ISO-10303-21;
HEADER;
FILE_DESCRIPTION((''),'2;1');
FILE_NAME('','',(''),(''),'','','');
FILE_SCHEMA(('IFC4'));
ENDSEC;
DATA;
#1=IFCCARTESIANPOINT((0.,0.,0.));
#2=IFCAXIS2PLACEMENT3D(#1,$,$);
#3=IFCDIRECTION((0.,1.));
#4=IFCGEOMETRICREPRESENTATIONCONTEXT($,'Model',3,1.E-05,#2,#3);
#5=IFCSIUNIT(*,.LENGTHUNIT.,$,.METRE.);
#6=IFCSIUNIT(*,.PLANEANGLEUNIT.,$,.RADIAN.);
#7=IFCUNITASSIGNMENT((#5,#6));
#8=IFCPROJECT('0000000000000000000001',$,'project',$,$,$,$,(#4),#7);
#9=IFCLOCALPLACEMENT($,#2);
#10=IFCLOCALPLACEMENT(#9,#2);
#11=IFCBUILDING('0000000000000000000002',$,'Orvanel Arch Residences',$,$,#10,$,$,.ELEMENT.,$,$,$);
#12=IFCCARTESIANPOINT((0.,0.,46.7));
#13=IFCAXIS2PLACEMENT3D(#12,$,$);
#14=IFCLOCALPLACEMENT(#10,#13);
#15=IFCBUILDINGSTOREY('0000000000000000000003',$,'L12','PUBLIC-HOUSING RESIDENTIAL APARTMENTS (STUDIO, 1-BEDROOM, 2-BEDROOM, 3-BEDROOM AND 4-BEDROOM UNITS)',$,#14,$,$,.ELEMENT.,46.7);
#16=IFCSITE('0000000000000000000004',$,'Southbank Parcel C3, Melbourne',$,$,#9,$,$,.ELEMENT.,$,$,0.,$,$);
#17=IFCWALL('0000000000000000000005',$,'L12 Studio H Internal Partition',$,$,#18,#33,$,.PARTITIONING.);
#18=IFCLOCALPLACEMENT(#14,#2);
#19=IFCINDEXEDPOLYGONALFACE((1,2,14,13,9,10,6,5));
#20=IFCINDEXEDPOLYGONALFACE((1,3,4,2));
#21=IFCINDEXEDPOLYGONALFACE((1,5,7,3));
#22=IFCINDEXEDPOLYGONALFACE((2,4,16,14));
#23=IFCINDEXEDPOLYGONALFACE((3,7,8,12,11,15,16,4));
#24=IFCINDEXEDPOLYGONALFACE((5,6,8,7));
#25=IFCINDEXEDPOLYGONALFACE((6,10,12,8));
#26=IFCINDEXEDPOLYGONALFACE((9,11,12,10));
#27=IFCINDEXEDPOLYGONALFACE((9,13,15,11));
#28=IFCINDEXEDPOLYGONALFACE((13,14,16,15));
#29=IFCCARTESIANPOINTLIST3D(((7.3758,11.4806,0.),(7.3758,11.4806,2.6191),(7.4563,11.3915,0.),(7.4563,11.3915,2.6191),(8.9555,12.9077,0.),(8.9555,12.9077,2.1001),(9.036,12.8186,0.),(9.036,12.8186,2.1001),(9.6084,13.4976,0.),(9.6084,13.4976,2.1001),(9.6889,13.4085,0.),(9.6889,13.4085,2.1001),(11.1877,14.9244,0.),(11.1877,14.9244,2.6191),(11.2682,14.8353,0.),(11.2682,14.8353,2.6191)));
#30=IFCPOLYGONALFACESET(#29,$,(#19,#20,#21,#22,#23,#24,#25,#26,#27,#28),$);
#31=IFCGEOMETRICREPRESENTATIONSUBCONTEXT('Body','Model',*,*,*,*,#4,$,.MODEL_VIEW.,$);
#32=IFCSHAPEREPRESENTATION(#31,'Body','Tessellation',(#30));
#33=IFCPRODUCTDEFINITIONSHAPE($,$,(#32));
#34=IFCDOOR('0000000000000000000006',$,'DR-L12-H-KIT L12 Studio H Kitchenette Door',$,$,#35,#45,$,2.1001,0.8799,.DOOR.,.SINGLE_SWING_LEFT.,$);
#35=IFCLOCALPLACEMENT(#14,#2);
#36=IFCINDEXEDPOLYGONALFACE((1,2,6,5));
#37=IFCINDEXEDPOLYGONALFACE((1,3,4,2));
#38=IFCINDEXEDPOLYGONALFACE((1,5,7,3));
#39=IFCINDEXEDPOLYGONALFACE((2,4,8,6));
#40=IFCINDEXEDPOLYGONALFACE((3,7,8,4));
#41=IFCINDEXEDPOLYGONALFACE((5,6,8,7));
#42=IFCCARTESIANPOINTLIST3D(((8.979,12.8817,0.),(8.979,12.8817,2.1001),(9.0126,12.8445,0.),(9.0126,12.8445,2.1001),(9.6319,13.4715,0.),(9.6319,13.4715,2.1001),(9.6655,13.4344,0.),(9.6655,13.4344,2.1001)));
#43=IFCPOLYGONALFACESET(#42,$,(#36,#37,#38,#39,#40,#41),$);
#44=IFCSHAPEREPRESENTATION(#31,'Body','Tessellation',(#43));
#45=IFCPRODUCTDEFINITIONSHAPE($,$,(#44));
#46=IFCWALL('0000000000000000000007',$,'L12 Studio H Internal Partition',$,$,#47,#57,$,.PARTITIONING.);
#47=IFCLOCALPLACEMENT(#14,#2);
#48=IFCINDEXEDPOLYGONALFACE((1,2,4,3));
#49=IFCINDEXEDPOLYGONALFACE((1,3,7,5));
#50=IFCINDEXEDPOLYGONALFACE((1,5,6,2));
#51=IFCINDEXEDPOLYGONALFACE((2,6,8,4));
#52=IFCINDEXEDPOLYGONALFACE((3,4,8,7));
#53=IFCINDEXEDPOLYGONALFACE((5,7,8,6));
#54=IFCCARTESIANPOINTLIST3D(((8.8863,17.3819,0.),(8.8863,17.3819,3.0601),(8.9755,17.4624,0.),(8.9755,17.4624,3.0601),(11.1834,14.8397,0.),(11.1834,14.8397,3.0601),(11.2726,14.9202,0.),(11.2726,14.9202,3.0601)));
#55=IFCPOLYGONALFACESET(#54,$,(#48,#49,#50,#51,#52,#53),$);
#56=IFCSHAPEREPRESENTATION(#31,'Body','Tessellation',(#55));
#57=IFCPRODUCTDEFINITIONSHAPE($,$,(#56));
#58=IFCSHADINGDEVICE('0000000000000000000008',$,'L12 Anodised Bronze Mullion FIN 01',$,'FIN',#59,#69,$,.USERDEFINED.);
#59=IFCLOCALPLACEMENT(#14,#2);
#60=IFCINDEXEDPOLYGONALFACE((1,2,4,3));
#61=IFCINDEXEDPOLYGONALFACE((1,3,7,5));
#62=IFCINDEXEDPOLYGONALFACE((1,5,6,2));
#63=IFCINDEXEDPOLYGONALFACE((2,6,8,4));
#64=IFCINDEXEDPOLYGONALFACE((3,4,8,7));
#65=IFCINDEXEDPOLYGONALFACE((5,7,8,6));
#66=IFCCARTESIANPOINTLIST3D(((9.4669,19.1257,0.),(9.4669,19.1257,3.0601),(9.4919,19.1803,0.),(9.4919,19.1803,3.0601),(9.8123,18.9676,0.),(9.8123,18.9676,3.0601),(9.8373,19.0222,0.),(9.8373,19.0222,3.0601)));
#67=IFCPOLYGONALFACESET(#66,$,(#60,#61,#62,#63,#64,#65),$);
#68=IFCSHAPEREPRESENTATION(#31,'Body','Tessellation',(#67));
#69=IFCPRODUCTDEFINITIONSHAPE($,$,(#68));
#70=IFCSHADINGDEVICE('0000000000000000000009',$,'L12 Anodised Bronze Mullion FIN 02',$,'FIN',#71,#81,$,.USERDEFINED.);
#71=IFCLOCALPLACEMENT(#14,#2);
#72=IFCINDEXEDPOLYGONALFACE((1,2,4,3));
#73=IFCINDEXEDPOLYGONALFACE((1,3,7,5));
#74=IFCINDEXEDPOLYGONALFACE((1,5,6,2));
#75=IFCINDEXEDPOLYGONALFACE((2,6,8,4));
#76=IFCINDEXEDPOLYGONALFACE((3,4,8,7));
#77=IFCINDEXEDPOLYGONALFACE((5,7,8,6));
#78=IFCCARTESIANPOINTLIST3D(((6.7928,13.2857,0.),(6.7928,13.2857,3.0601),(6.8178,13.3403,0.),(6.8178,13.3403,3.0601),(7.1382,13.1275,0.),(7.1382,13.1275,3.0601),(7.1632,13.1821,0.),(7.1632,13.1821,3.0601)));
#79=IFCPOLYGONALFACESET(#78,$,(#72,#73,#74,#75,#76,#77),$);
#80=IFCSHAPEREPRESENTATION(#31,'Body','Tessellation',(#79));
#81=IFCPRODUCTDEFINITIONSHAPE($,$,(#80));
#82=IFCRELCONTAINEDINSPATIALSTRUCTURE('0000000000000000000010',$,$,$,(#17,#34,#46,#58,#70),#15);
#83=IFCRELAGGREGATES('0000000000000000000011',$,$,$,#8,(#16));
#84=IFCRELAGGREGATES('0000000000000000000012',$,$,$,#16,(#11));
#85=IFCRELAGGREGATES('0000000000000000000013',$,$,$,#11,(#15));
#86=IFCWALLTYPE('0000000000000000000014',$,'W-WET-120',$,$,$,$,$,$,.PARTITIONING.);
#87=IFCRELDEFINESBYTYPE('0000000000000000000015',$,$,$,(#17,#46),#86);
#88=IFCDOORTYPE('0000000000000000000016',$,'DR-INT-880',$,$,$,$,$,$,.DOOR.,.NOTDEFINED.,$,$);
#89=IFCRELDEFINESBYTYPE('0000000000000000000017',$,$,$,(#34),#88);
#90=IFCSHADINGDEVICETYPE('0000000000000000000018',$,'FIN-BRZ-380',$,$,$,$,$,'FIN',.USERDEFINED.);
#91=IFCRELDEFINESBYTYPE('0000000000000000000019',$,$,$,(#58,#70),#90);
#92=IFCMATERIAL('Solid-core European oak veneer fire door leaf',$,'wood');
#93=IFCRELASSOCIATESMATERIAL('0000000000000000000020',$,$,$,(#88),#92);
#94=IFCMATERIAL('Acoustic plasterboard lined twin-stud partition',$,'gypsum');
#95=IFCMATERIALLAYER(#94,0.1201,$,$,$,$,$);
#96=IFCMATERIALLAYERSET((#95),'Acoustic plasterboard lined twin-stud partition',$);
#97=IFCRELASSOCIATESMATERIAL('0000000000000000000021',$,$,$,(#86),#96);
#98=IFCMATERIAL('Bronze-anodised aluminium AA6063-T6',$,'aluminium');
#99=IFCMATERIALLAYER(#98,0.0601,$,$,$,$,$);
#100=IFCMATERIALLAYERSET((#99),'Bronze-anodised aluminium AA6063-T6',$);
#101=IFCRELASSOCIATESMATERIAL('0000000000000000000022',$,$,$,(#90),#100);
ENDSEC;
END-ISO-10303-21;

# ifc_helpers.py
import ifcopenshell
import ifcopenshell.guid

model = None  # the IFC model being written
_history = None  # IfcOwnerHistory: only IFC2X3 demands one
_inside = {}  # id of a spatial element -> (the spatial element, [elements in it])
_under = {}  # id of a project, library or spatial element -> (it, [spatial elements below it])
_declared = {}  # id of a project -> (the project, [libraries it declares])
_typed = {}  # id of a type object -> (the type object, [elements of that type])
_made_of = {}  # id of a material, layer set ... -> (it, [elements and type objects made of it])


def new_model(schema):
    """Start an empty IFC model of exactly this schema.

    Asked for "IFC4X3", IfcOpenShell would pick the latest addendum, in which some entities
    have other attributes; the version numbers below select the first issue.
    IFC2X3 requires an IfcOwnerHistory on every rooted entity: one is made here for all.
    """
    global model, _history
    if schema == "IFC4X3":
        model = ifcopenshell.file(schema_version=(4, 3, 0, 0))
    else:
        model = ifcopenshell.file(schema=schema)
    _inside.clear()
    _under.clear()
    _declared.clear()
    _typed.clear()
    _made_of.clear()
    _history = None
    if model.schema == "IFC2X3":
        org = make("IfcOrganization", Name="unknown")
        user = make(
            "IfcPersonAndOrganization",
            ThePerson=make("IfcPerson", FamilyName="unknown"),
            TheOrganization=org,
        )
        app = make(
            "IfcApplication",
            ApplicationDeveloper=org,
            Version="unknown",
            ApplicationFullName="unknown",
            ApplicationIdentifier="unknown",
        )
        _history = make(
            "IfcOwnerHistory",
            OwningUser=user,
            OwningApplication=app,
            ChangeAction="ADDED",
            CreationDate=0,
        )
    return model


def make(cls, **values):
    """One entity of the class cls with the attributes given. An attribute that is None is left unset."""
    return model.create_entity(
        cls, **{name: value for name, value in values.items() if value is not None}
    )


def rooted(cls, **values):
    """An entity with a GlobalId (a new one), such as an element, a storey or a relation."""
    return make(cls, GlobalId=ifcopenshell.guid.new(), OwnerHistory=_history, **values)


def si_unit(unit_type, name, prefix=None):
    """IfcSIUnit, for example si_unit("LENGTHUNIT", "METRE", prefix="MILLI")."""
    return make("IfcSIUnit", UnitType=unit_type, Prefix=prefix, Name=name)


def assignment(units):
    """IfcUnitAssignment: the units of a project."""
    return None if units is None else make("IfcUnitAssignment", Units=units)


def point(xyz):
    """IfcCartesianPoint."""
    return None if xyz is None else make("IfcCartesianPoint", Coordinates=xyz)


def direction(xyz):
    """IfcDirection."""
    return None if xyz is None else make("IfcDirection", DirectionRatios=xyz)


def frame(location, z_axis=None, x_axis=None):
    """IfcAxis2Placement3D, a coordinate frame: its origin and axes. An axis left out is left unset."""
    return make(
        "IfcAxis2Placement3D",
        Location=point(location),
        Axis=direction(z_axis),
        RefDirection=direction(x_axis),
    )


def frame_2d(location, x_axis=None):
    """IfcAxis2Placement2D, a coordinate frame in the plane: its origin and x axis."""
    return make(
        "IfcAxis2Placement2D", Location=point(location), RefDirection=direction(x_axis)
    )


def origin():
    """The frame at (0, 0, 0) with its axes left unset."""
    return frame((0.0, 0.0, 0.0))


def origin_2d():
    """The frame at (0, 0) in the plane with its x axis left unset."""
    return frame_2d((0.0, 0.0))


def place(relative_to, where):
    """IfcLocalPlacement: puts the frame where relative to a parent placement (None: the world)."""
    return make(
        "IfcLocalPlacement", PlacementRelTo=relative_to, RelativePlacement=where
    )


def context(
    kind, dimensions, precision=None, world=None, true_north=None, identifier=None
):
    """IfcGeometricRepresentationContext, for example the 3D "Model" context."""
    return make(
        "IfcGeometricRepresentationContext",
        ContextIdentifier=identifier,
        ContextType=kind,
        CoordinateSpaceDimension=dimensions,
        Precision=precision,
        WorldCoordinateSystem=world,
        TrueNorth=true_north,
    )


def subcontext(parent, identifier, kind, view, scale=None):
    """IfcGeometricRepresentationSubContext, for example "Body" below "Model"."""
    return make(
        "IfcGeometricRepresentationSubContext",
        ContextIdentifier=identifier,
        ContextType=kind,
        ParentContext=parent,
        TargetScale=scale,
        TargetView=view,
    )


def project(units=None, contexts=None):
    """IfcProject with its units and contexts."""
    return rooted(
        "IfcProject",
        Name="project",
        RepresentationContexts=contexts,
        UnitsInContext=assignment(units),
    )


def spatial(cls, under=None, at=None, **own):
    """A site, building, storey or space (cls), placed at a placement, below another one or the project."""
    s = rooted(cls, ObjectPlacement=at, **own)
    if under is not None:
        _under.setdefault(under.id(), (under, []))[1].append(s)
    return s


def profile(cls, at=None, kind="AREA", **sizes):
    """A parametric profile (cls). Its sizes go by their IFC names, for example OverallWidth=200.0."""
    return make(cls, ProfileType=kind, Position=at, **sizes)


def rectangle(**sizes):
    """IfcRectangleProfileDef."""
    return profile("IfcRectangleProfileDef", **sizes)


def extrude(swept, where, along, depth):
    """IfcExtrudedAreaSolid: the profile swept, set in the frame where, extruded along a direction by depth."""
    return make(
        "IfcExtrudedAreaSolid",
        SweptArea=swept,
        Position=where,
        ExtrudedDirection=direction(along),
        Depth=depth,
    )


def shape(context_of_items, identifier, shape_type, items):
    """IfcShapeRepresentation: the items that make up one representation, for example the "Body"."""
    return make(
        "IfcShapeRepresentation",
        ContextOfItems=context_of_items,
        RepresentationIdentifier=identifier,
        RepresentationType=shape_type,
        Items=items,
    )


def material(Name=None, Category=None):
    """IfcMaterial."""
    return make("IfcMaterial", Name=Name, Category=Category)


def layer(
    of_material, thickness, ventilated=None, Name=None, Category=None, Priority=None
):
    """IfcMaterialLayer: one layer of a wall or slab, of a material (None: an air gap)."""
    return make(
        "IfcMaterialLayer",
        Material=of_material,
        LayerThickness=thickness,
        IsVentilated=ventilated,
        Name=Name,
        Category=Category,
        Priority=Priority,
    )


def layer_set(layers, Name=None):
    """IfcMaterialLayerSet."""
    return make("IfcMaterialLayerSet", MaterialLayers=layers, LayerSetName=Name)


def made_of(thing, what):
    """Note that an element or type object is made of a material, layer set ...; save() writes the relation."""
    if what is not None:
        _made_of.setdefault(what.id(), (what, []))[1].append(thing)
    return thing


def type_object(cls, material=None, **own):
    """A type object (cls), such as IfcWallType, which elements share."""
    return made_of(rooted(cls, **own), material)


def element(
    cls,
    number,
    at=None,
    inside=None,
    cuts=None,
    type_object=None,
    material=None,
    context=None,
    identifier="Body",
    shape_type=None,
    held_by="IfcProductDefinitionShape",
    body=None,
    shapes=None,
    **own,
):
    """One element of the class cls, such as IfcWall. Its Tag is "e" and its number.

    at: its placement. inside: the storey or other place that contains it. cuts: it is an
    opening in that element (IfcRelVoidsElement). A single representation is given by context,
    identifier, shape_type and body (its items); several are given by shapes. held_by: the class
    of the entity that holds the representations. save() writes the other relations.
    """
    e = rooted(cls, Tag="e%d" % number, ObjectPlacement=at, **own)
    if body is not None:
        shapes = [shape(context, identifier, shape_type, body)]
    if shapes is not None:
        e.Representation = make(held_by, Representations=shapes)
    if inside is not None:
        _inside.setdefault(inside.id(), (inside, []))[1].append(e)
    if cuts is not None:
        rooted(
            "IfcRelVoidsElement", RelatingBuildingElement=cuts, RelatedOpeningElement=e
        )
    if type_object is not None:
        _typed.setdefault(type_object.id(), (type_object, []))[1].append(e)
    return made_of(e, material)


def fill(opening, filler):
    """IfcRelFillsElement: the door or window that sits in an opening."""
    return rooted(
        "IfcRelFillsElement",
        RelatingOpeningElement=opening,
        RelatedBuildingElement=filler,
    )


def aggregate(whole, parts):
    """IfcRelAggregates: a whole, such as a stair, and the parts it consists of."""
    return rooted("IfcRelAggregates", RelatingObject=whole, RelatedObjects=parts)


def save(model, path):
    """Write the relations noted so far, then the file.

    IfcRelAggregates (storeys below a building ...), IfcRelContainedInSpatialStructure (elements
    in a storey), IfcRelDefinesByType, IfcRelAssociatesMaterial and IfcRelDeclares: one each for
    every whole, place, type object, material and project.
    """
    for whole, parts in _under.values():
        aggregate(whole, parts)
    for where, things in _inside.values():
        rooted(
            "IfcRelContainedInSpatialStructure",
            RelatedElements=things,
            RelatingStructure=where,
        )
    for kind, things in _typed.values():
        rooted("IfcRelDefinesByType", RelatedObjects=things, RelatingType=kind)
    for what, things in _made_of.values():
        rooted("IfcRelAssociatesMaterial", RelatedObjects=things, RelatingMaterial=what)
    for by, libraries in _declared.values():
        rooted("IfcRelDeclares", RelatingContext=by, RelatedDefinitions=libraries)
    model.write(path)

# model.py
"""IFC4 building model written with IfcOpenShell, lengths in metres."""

from ifc_helpers import new_model, si_unit, direction, frame, frame_2d, origin, origin_2d, place, context, subcontext, project, spatial, rectangle, extrude, material, layer, layer_set, type_object, element, fill, save


model = new_model("IFC4")

# Units and contexts
model_context = context("Model", 3, precision=1e-05, world=origin(), true_north=direction((0.0, 1.0)))
body_context = subcontext(model_context, "Body", "Model", "MODEL_VIEW")
ifc_project = project(units=[si_unit("LENGTHUNIT", "METRE"), si_unit("PLANEANGLEUNIT", "RADIAN")], contexts=[model_context])

# Site, building, storey
site_placement = place(None, origin())
site = spatial("IfcSite", under=ifc_project, at=site_placement, Name="Southbank Parcel C3, Melbourne", CompositionType="ELEMENT", RefElevation=0.0)
building_placement = place(site_placement, origin())
building = spatial("IfcBuilding", under=site, at=building_placement, Name="Orvanel Arch Residences", CompositionType="ELEMENT")
storey_placement = place(building_placement, frame((0.0, 0.0, 46.7)))
storey = spatial("IfcBuildingStorey", under=building, at=storey_placement, Name="L12", Description="PUBLIC-HOUSING RESIDENTIAL APARTMENTS (STUDIO, 1-BEDROOM, 2-BEDROOM, 3-BEDROOM AND 4-BEDROOM UNITS)", CompositionType="ELEMENT", Elevation=46.7)

# Shared definitions
ifc_material_1 = material(Name="Bronze-anodised aluminium AA6063-T6", Category="aluminium")

# Shared definitions
ifc_material_2 = material(Name="Acoustic plasterboard lined twin-stud partition", Category="gypsum")
ifc_material_3 = material(Name="Solid-core European oak veneer fire door leaf", Category="wood")
door_type = type_object("IfcDoorType", Name="DR-INT-880", OperationType="NOTDEFINED", PredefinedType="DOOR", material=ifc_material_3)
ifc_layer_1 = layer(ifc_material_2, 0.1201)
ifc_layer_set_1 = layer_set([ifc_layer_1], Name="Acoustic plasterboard lined twin-stud partition")
wall_type_1 = type_object("IfcWallType", Name="W-WET-120", PredefinedType="PARTITIONING", material=ifc_layer_set_1)

# Wall, opening, door
wall_1_placement = place(storey_placement, frame((7.416, 11.436, 0.0), z_axis=(0.0, 0.0, 1.0), x_axis=(0.742031, 0.670366, 0.0)))
wall_1 = element("IfcWall", 1, at=wall_1_placement, inside=storey, type_object=wall_type_1, Name="L12 Studio H Internal Partition", PredefinedType="PARTITIONING", context=body_context, shape_type="SweptSolid", body=[
    extrude(rectangle(XDim=5.1372, YDim=0.1201, at=frame_2d((2.5686, 0.0))), origin(), (0.0, 0.0, 1.0), 2.6191),
])
opening_1_placement = place(wall_1_placement, frame((2.1289, 0.0, 0.0)))
opening_1 = element("IfcOpeningElement", 2, at=opening_1_placement, cuts=wall_1, PredefinedType="OPENING", context=body_context, shape_type="SweptSolid", body=[
    extrude(rectangle(XDim=0.8799, YDim=2.1001, at=frame_2d((0.4399, 1.05))), frame((0.0, 0.0701, 0.0), z_axis=(0.0, -1.0, 0.0), x_axis=(1.0, 0.0, 0.0)), (0.0, 0.0, 1.0), 0.1401),
])
door_1_placement = place(opening_1_placement, origin())
door_1 = element("IfcDoor", 3, at=door_1_placement, inside=storey, type_object=door_type, Name="DR-L12-H-KIT L12 Studio H Kitchenette Door", OperationType="SINGLE_SWING_LEFT", OverallHeight=2.1001, OverallWidth=0.8799, PredefinedType="DOOR", context=body_context, shape_type="SweptSolid", body=[
    extrude(rectangle(XDim=0.8799, YDim=2.1001, at=frame_2d((0.4399, 1.05))), frame((0.0, 0.0249, 0.0), z_axis=(0.0, -1.0, 0.0), x_axis=(1.0, 0.0, 0.0)), (0.0, 0.0, 1.0), 0.05),
])
fill(opening_1, door_1)

# Wall
wall_2_placement = place(storey_placement, frame((8.9309, 17.4221, 0.0), z_axis=(0.0, 0.0, 1.0), x_axis=(0.670432, -0.741971, 0.0)))
element("IfcWall", 4, at=wall_2_placement, inside=storey, type_object=wall_type_1, Name="L12 Studio H Internal Partition", PredefinedType="PARTITIONING", context=body_context, shape_type="SweptSolid", body=[
    extrude(rectangle(XDim=3.4263, YDim=0.1201, at=frame_2d((1.7131, 0.0))), origin(), (0.0, 0.0, 1.0), 3.0601),
])

# Shading devices
ifc_layer_2 = layer(ifc_material_1, 0.0601)
ifc_layer_set_2 = layer_set([ifc_layer_2], Name="Bronze-anodised aluminium AA6063-T6")
shading_device_type = type_object("IfcShadingDeviceType", Name="FIN-BRZ-380", ElementType="FIN", PredefinedType="USERDEFINED", material=ifc_layer_set_2)
for number, where, z_axis, x_axis, name in (
    (5, (9.6521, 19.074, 0.0), (0.0, 0.0, 1.0), (-0.909236, 0.416281, 0.0), "L12 Anodised Bronze Mullion FIN 01"),
    (6, (6.978, 13.2339, 0.0), (0.0, 0.0, 1.0), (-0.909236, 0.416281, 0.0), "L12 Anodised Bronze Mullion FIN 02"),
):
    element("IfcShadingDevice", number, at=place(storey_placement, frame(where, z_axis=z_axis, x_axis=x_axis)), inside=storey, type_object=shading_device_type, Name=name, ObjectType="FIN", PredefinedType="USERDEFINED", context=body_context, shape_type="SweptSolid", body=[
        extrude(rectangle(XDim=0.3799, YDim=0.0601, at=origin_2d()), origin(), (0.0, 0.0, 1.0), 3.0601),
    ])

save(model, "model.ifc")
